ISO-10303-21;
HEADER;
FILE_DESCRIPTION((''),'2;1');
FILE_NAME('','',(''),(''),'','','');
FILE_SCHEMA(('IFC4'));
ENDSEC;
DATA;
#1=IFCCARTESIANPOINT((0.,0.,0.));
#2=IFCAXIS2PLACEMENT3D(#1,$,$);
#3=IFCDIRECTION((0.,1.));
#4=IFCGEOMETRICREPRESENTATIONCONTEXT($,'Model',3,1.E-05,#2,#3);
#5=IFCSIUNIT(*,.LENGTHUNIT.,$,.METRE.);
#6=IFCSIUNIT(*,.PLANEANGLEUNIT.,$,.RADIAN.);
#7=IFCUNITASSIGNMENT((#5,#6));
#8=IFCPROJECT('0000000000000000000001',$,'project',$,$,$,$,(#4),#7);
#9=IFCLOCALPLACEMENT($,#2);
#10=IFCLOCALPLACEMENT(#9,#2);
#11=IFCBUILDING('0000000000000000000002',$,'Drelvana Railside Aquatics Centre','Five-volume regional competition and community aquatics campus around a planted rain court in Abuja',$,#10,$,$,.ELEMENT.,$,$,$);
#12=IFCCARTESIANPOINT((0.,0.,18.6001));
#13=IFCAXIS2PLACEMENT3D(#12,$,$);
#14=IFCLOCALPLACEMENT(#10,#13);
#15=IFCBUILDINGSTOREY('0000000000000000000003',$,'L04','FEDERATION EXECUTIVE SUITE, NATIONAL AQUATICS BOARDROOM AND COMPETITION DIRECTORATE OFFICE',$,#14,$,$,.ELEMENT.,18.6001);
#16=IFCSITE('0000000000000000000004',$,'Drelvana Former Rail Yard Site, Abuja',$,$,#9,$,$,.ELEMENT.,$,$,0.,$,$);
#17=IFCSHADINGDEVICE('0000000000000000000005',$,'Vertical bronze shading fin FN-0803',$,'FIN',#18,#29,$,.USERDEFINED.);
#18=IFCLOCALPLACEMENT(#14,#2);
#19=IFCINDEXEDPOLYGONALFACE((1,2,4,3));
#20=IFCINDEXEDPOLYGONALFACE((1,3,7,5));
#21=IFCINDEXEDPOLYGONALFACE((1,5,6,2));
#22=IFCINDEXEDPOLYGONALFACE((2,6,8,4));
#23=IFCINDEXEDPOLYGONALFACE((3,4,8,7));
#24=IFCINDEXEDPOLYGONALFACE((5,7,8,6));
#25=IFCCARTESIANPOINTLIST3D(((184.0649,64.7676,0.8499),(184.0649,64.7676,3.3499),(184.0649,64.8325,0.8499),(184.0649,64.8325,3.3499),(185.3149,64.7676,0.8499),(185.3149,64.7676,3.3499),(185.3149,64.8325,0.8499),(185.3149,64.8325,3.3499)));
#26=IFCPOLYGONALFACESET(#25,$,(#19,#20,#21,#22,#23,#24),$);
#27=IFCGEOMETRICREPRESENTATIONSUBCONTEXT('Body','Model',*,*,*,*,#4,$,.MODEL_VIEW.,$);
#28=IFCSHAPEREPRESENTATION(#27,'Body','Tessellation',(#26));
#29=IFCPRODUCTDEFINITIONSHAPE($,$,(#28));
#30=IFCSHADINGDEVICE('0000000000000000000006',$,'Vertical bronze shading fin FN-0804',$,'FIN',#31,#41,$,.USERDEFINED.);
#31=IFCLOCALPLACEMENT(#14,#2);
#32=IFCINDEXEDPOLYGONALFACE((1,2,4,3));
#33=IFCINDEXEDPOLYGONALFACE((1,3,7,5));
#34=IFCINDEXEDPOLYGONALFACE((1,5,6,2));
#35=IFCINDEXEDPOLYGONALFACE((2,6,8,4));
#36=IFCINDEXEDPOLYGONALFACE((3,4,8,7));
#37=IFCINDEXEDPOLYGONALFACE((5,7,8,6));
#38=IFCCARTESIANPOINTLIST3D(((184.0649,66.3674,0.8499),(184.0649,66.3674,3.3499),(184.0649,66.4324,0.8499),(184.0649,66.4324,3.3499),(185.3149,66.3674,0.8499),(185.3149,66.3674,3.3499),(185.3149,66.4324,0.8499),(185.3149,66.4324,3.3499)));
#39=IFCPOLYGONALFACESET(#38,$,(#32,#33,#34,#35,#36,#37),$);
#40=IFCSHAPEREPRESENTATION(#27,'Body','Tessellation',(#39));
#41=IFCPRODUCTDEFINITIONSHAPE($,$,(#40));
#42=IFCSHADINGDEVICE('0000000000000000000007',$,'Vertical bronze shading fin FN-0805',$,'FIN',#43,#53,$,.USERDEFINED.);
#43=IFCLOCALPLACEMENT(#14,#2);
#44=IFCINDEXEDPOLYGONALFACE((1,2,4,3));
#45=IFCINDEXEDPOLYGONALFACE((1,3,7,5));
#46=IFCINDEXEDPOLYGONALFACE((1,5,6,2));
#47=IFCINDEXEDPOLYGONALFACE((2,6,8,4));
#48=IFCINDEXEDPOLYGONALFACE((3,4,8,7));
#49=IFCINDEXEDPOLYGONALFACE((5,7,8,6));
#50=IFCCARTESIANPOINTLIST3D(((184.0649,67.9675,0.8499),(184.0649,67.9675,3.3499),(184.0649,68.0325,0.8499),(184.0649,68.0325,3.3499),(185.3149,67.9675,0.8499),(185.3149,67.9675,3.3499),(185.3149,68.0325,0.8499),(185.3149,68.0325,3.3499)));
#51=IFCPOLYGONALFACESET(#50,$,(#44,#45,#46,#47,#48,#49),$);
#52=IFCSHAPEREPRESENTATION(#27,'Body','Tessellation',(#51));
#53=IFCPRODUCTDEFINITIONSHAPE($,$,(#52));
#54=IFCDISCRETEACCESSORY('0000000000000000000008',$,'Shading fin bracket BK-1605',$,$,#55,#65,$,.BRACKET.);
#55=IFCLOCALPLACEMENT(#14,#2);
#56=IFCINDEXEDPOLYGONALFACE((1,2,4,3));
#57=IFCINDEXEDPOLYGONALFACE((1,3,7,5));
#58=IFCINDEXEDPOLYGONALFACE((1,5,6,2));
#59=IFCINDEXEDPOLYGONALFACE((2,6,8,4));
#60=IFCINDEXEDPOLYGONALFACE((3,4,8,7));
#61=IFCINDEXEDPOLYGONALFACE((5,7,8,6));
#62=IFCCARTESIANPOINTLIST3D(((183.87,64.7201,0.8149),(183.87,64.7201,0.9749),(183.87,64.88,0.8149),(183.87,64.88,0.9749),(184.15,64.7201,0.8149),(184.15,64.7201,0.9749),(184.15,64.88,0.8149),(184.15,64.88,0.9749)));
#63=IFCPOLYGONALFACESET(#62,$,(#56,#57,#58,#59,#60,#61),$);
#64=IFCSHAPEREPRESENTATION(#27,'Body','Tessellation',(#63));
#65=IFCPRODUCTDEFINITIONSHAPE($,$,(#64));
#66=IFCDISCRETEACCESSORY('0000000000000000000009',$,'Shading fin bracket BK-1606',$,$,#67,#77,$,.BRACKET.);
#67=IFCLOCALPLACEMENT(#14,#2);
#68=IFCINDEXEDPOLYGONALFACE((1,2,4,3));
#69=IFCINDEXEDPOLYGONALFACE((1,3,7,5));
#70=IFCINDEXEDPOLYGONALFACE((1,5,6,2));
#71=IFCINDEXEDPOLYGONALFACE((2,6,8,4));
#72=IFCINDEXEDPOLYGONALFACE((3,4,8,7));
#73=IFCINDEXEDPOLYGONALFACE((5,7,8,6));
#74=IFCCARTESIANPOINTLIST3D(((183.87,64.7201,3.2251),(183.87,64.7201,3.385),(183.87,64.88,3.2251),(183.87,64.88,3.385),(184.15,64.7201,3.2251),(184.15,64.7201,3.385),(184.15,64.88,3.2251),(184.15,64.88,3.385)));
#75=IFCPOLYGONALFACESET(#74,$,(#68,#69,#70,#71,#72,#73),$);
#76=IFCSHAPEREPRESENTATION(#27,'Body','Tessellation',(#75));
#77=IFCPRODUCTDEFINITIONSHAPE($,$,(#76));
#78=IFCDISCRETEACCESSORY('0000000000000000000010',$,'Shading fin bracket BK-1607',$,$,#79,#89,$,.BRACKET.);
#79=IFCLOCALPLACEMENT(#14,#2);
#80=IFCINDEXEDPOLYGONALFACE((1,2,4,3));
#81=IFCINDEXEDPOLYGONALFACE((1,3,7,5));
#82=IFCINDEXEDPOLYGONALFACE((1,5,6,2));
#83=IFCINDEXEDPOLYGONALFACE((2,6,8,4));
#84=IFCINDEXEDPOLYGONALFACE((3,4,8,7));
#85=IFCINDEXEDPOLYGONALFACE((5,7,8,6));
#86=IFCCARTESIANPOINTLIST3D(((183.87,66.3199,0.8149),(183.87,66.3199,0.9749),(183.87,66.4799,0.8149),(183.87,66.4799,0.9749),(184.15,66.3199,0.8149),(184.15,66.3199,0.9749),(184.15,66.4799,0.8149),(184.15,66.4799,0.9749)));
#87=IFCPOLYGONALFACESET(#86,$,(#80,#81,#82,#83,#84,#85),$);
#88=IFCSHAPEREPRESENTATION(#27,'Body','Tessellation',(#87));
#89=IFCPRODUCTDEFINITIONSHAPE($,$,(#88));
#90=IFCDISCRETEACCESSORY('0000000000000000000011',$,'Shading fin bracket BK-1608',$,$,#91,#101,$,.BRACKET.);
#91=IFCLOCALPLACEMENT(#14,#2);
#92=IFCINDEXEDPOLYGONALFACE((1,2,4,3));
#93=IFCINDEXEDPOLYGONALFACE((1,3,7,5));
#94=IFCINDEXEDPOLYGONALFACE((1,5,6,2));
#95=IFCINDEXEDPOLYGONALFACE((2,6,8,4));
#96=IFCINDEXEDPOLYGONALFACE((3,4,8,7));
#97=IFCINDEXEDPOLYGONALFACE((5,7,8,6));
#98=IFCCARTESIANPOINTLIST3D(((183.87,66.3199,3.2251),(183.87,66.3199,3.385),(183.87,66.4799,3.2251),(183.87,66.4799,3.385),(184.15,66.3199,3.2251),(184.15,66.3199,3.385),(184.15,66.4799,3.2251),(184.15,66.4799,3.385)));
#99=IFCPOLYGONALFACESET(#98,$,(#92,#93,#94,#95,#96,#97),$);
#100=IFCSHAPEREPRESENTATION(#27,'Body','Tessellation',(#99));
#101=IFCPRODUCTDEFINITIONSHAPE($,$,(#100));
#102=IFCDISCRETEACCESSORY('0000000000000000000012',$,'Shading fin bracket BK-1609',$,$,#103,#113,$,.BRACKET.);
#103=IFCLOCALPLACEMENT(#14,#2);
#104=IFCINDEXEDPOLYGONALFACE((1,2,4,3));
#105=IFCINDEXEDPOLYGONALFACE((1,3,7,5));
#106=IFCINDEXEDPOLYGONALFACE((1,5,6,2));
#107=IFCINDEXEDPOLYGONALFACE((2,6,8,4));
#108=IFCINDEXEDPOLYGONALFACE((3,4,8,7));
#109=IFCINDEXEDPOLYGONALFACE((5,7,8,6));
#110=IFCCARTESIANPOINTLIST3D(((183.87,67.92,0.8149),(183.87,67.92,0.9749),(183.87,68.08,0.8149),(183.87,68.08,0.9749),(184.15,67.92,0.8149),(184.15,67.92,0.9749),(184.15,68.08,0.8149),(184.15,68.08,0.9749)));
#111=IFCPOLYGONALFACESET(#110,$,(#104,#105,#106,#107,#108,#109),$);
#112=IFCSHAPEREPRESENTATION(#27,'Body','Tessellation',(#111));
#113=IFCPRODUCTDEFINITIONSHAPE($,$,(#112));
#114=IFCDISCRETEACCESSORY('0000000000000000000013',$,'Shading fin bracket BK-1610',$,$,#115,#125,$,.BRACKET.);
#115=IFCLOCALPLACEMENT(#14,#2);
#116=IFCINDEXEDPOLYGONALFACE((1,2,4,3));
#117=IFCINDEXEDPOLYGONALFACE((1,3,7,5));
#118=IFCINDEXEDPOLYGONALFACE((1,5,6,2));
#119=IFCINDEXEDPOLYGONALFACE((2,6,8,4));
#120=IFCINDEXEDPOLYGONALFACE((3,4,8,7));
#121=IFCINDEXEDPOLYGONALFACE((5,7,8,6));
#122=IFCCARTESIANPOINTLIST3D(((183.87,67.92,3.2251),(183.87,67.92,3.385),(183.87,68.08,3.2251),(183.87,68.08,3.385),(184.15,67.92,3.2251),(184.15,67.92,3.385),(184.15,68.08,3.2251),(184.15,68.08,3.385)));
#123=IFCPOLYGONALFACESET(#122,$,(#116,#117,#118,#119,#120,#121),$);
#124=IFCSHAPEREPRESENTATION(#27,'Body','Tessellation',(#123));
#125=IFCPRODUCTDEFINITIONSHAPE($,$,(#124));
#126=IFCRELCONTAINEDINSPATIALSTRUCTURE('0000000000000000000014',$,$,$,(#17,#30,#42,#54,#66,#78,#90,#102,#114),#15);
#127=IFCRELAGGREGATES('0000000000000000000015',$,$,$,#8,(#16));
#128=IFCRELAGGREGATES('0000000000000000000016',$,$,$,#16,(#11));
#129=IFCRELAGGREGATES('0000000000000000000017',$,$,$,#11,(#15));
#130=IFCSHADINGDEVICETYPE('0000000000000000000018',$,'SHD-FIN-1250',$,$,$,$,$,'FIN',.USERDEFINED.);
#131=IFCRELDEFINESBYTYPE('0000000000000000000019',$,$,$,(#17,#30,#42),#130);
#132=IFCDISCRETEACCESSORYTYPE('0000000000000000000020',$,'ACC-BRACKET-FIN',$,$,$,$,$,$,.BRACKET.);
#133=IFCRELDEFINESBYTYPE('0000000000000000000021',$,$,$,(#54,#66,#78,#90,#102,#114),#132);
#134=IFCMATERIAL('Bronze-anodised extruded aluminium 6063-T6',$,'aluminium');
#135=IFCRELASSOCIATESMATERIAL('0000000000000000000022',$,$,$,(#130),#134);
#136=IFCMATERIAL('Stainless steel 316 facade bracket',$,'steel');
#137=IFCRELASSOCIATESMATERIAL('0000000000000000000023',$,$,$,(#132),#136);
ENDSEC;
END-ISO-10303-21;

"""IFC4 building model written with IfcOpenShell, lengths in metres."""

from ifc_helpers import new_model, si_unit, direction, frame, origin, origin_2d, place, context, subcontext, project, spatial, rectangle, extrude, material, type_object, element, save


model = new_model("IFC4")

# Units and contexts
model_context = context("Model", 3, precision=1e-05, world=origin(), true_north=direction((0.0, 1.0)))
body_context = subcontext(model_context, "Body", "Model", "MODEL_VIEW")
ifc_project = project(units=[si_unit("LENGTHUNIT", "METRE"), si_unit("PLANEANGLEUNIT", "RADIAN")], contexts=[model_context])

# Site, building, storey
site_placement = place(None, origin())
site = spatial("IfcSite", under=ifc_project, at=site_placement, Name="Drelvana Former Rail Yard Site, Abuja", CompositionType="ELEMENT", RefElevation=0.0)
building_placement = place(site_placement, origin())
building = spatial("IfcBuilding", under=site, at=building_placement, Name="Drelvana Railside Aquatics Centre", Description="Five-volume regional competition and community aquatics campus around a planted rain court in Abuja", CompositionType="ELEMENT")
storey_placement = place(building_placement, frame((0.0, 0.0, 18.6001)))
storey = spatial("IfcBuildingStorey", under=building, at=storey_placement, Name="L04", Description="FEDERATION EXECUTIVE SUITE, NATIONAL AQUATICS BOARDROOM AND COMPETITION DIRECTORATE OFFICE", CompositionType="ELEMENT", Elevation=18.6001)

# Shared definitions
ifc_material_1 = material(Name="Bronze-anodised extruded aluminium 6063-T6", Category="aluminium")

# Shading devices
shading_device_type = type_object("IfcShadingDeviceType", Name="SHD-FIN-1250", ElementType="FIN", PredefinedType="USERDEFINED", material=ifc_material_1)
for number, where, z_axis, x_axis, name in (
    (1, (184.6899, 64.8, 0.8499), (0.0, 0.0, 1.0), (1.0, 0.0, 0.0), "Vertical bronze shading fin FN-0803"),
    (2, (184.6899, 66.3999, 0.8499), (0.0, 0.0, 1.0), (1.0, 0.0, 0.0), "Vertical bronze shading fin FN-0804"),
    (3, (184.6899, 68.0, 0.8499), (0.0, 0.0, 1.0), (1.0, 0.0, 0.0), "Vertical bronze shading fin FN-0805"),
):
    element("IfcShadingDevice", number, at=place(storey_placement, frame(where, z_axis=z_axis, x_axis=x_axis)), inside=storey, type_object=shading_device_type, Name=name, ObjectType="FIN", PredefinedType="USERDEFINED", context=body_context, shape_type="SweptSolid", body=[
        extrude(rectangle(XDim=1.25, YDim=0.0649, at=origin_2d()), origin(), (0.0, 0.0, 1.0), 2.5),
    ])

# Discrete accessories
ifc_material_2 = material(Name="Stainless steel 316 facade bracket", Category="steel")
discrete_accessory_type = type_object("IfcDiscreteAccessoryType", Name="ACC-BRACKET-FIN", PredefinedType="BRACKET", material=ifc_material_2)
for number, where, z_axis, x_axis, name in (
    (4, (184.01, 64.8, 0.8149), (0.0, 0.0, 1.0), (1.0, 0.0, 0.0), "Shading fin bracket BK-1605"),
    (5, (184.01, 64.8, 3.2251), (0.0, 0.0, 1.0), (1.0, 0.0, 0.0), "Shading fin bracket BK-1606"),
    (6, (184.01, 66.3999, 0.8149), (0.0, 0.0, 1.0), (1.0, 0.0, 0.0), "Shading fin bracket BK-1607"),
    (7, (184.01, 66.3999, 3.2251), (0.0, 0.0, 1.0), (1.0, 0.0, 0.0), "Shading fin bracket BK-1608"),
    (8, (184.01, 68.0, 0.8149), (0.0, 0.0, 1.0), (1.0, 0.0, 0.0), "Shading fin bracket BK-1609"),
    (9, (184.01, 68.0, 3.2251), (0.0, 0.0, 1.0), (1.0, 0.0, 0.0), "Shading fin bracket BK-1610"),
):
    element("IfcDiscreteAccessory", number, at=place(storey_placement, frame(where, z_axis=z_axis, x_axis=x_axis)), inside=storey, type_object=discrete_accessory_type, Name=name, PredefinedType="BRACKET", context=body_context, shape_type="SweptSolid", body=[
        extrude(rectangle(XDim=0.28, YDim=0.1599, at=origin_2d()), origin(), (0.0, 0.0, 1.0), 0.1599),
    ])

save(model, "model.ifc")
